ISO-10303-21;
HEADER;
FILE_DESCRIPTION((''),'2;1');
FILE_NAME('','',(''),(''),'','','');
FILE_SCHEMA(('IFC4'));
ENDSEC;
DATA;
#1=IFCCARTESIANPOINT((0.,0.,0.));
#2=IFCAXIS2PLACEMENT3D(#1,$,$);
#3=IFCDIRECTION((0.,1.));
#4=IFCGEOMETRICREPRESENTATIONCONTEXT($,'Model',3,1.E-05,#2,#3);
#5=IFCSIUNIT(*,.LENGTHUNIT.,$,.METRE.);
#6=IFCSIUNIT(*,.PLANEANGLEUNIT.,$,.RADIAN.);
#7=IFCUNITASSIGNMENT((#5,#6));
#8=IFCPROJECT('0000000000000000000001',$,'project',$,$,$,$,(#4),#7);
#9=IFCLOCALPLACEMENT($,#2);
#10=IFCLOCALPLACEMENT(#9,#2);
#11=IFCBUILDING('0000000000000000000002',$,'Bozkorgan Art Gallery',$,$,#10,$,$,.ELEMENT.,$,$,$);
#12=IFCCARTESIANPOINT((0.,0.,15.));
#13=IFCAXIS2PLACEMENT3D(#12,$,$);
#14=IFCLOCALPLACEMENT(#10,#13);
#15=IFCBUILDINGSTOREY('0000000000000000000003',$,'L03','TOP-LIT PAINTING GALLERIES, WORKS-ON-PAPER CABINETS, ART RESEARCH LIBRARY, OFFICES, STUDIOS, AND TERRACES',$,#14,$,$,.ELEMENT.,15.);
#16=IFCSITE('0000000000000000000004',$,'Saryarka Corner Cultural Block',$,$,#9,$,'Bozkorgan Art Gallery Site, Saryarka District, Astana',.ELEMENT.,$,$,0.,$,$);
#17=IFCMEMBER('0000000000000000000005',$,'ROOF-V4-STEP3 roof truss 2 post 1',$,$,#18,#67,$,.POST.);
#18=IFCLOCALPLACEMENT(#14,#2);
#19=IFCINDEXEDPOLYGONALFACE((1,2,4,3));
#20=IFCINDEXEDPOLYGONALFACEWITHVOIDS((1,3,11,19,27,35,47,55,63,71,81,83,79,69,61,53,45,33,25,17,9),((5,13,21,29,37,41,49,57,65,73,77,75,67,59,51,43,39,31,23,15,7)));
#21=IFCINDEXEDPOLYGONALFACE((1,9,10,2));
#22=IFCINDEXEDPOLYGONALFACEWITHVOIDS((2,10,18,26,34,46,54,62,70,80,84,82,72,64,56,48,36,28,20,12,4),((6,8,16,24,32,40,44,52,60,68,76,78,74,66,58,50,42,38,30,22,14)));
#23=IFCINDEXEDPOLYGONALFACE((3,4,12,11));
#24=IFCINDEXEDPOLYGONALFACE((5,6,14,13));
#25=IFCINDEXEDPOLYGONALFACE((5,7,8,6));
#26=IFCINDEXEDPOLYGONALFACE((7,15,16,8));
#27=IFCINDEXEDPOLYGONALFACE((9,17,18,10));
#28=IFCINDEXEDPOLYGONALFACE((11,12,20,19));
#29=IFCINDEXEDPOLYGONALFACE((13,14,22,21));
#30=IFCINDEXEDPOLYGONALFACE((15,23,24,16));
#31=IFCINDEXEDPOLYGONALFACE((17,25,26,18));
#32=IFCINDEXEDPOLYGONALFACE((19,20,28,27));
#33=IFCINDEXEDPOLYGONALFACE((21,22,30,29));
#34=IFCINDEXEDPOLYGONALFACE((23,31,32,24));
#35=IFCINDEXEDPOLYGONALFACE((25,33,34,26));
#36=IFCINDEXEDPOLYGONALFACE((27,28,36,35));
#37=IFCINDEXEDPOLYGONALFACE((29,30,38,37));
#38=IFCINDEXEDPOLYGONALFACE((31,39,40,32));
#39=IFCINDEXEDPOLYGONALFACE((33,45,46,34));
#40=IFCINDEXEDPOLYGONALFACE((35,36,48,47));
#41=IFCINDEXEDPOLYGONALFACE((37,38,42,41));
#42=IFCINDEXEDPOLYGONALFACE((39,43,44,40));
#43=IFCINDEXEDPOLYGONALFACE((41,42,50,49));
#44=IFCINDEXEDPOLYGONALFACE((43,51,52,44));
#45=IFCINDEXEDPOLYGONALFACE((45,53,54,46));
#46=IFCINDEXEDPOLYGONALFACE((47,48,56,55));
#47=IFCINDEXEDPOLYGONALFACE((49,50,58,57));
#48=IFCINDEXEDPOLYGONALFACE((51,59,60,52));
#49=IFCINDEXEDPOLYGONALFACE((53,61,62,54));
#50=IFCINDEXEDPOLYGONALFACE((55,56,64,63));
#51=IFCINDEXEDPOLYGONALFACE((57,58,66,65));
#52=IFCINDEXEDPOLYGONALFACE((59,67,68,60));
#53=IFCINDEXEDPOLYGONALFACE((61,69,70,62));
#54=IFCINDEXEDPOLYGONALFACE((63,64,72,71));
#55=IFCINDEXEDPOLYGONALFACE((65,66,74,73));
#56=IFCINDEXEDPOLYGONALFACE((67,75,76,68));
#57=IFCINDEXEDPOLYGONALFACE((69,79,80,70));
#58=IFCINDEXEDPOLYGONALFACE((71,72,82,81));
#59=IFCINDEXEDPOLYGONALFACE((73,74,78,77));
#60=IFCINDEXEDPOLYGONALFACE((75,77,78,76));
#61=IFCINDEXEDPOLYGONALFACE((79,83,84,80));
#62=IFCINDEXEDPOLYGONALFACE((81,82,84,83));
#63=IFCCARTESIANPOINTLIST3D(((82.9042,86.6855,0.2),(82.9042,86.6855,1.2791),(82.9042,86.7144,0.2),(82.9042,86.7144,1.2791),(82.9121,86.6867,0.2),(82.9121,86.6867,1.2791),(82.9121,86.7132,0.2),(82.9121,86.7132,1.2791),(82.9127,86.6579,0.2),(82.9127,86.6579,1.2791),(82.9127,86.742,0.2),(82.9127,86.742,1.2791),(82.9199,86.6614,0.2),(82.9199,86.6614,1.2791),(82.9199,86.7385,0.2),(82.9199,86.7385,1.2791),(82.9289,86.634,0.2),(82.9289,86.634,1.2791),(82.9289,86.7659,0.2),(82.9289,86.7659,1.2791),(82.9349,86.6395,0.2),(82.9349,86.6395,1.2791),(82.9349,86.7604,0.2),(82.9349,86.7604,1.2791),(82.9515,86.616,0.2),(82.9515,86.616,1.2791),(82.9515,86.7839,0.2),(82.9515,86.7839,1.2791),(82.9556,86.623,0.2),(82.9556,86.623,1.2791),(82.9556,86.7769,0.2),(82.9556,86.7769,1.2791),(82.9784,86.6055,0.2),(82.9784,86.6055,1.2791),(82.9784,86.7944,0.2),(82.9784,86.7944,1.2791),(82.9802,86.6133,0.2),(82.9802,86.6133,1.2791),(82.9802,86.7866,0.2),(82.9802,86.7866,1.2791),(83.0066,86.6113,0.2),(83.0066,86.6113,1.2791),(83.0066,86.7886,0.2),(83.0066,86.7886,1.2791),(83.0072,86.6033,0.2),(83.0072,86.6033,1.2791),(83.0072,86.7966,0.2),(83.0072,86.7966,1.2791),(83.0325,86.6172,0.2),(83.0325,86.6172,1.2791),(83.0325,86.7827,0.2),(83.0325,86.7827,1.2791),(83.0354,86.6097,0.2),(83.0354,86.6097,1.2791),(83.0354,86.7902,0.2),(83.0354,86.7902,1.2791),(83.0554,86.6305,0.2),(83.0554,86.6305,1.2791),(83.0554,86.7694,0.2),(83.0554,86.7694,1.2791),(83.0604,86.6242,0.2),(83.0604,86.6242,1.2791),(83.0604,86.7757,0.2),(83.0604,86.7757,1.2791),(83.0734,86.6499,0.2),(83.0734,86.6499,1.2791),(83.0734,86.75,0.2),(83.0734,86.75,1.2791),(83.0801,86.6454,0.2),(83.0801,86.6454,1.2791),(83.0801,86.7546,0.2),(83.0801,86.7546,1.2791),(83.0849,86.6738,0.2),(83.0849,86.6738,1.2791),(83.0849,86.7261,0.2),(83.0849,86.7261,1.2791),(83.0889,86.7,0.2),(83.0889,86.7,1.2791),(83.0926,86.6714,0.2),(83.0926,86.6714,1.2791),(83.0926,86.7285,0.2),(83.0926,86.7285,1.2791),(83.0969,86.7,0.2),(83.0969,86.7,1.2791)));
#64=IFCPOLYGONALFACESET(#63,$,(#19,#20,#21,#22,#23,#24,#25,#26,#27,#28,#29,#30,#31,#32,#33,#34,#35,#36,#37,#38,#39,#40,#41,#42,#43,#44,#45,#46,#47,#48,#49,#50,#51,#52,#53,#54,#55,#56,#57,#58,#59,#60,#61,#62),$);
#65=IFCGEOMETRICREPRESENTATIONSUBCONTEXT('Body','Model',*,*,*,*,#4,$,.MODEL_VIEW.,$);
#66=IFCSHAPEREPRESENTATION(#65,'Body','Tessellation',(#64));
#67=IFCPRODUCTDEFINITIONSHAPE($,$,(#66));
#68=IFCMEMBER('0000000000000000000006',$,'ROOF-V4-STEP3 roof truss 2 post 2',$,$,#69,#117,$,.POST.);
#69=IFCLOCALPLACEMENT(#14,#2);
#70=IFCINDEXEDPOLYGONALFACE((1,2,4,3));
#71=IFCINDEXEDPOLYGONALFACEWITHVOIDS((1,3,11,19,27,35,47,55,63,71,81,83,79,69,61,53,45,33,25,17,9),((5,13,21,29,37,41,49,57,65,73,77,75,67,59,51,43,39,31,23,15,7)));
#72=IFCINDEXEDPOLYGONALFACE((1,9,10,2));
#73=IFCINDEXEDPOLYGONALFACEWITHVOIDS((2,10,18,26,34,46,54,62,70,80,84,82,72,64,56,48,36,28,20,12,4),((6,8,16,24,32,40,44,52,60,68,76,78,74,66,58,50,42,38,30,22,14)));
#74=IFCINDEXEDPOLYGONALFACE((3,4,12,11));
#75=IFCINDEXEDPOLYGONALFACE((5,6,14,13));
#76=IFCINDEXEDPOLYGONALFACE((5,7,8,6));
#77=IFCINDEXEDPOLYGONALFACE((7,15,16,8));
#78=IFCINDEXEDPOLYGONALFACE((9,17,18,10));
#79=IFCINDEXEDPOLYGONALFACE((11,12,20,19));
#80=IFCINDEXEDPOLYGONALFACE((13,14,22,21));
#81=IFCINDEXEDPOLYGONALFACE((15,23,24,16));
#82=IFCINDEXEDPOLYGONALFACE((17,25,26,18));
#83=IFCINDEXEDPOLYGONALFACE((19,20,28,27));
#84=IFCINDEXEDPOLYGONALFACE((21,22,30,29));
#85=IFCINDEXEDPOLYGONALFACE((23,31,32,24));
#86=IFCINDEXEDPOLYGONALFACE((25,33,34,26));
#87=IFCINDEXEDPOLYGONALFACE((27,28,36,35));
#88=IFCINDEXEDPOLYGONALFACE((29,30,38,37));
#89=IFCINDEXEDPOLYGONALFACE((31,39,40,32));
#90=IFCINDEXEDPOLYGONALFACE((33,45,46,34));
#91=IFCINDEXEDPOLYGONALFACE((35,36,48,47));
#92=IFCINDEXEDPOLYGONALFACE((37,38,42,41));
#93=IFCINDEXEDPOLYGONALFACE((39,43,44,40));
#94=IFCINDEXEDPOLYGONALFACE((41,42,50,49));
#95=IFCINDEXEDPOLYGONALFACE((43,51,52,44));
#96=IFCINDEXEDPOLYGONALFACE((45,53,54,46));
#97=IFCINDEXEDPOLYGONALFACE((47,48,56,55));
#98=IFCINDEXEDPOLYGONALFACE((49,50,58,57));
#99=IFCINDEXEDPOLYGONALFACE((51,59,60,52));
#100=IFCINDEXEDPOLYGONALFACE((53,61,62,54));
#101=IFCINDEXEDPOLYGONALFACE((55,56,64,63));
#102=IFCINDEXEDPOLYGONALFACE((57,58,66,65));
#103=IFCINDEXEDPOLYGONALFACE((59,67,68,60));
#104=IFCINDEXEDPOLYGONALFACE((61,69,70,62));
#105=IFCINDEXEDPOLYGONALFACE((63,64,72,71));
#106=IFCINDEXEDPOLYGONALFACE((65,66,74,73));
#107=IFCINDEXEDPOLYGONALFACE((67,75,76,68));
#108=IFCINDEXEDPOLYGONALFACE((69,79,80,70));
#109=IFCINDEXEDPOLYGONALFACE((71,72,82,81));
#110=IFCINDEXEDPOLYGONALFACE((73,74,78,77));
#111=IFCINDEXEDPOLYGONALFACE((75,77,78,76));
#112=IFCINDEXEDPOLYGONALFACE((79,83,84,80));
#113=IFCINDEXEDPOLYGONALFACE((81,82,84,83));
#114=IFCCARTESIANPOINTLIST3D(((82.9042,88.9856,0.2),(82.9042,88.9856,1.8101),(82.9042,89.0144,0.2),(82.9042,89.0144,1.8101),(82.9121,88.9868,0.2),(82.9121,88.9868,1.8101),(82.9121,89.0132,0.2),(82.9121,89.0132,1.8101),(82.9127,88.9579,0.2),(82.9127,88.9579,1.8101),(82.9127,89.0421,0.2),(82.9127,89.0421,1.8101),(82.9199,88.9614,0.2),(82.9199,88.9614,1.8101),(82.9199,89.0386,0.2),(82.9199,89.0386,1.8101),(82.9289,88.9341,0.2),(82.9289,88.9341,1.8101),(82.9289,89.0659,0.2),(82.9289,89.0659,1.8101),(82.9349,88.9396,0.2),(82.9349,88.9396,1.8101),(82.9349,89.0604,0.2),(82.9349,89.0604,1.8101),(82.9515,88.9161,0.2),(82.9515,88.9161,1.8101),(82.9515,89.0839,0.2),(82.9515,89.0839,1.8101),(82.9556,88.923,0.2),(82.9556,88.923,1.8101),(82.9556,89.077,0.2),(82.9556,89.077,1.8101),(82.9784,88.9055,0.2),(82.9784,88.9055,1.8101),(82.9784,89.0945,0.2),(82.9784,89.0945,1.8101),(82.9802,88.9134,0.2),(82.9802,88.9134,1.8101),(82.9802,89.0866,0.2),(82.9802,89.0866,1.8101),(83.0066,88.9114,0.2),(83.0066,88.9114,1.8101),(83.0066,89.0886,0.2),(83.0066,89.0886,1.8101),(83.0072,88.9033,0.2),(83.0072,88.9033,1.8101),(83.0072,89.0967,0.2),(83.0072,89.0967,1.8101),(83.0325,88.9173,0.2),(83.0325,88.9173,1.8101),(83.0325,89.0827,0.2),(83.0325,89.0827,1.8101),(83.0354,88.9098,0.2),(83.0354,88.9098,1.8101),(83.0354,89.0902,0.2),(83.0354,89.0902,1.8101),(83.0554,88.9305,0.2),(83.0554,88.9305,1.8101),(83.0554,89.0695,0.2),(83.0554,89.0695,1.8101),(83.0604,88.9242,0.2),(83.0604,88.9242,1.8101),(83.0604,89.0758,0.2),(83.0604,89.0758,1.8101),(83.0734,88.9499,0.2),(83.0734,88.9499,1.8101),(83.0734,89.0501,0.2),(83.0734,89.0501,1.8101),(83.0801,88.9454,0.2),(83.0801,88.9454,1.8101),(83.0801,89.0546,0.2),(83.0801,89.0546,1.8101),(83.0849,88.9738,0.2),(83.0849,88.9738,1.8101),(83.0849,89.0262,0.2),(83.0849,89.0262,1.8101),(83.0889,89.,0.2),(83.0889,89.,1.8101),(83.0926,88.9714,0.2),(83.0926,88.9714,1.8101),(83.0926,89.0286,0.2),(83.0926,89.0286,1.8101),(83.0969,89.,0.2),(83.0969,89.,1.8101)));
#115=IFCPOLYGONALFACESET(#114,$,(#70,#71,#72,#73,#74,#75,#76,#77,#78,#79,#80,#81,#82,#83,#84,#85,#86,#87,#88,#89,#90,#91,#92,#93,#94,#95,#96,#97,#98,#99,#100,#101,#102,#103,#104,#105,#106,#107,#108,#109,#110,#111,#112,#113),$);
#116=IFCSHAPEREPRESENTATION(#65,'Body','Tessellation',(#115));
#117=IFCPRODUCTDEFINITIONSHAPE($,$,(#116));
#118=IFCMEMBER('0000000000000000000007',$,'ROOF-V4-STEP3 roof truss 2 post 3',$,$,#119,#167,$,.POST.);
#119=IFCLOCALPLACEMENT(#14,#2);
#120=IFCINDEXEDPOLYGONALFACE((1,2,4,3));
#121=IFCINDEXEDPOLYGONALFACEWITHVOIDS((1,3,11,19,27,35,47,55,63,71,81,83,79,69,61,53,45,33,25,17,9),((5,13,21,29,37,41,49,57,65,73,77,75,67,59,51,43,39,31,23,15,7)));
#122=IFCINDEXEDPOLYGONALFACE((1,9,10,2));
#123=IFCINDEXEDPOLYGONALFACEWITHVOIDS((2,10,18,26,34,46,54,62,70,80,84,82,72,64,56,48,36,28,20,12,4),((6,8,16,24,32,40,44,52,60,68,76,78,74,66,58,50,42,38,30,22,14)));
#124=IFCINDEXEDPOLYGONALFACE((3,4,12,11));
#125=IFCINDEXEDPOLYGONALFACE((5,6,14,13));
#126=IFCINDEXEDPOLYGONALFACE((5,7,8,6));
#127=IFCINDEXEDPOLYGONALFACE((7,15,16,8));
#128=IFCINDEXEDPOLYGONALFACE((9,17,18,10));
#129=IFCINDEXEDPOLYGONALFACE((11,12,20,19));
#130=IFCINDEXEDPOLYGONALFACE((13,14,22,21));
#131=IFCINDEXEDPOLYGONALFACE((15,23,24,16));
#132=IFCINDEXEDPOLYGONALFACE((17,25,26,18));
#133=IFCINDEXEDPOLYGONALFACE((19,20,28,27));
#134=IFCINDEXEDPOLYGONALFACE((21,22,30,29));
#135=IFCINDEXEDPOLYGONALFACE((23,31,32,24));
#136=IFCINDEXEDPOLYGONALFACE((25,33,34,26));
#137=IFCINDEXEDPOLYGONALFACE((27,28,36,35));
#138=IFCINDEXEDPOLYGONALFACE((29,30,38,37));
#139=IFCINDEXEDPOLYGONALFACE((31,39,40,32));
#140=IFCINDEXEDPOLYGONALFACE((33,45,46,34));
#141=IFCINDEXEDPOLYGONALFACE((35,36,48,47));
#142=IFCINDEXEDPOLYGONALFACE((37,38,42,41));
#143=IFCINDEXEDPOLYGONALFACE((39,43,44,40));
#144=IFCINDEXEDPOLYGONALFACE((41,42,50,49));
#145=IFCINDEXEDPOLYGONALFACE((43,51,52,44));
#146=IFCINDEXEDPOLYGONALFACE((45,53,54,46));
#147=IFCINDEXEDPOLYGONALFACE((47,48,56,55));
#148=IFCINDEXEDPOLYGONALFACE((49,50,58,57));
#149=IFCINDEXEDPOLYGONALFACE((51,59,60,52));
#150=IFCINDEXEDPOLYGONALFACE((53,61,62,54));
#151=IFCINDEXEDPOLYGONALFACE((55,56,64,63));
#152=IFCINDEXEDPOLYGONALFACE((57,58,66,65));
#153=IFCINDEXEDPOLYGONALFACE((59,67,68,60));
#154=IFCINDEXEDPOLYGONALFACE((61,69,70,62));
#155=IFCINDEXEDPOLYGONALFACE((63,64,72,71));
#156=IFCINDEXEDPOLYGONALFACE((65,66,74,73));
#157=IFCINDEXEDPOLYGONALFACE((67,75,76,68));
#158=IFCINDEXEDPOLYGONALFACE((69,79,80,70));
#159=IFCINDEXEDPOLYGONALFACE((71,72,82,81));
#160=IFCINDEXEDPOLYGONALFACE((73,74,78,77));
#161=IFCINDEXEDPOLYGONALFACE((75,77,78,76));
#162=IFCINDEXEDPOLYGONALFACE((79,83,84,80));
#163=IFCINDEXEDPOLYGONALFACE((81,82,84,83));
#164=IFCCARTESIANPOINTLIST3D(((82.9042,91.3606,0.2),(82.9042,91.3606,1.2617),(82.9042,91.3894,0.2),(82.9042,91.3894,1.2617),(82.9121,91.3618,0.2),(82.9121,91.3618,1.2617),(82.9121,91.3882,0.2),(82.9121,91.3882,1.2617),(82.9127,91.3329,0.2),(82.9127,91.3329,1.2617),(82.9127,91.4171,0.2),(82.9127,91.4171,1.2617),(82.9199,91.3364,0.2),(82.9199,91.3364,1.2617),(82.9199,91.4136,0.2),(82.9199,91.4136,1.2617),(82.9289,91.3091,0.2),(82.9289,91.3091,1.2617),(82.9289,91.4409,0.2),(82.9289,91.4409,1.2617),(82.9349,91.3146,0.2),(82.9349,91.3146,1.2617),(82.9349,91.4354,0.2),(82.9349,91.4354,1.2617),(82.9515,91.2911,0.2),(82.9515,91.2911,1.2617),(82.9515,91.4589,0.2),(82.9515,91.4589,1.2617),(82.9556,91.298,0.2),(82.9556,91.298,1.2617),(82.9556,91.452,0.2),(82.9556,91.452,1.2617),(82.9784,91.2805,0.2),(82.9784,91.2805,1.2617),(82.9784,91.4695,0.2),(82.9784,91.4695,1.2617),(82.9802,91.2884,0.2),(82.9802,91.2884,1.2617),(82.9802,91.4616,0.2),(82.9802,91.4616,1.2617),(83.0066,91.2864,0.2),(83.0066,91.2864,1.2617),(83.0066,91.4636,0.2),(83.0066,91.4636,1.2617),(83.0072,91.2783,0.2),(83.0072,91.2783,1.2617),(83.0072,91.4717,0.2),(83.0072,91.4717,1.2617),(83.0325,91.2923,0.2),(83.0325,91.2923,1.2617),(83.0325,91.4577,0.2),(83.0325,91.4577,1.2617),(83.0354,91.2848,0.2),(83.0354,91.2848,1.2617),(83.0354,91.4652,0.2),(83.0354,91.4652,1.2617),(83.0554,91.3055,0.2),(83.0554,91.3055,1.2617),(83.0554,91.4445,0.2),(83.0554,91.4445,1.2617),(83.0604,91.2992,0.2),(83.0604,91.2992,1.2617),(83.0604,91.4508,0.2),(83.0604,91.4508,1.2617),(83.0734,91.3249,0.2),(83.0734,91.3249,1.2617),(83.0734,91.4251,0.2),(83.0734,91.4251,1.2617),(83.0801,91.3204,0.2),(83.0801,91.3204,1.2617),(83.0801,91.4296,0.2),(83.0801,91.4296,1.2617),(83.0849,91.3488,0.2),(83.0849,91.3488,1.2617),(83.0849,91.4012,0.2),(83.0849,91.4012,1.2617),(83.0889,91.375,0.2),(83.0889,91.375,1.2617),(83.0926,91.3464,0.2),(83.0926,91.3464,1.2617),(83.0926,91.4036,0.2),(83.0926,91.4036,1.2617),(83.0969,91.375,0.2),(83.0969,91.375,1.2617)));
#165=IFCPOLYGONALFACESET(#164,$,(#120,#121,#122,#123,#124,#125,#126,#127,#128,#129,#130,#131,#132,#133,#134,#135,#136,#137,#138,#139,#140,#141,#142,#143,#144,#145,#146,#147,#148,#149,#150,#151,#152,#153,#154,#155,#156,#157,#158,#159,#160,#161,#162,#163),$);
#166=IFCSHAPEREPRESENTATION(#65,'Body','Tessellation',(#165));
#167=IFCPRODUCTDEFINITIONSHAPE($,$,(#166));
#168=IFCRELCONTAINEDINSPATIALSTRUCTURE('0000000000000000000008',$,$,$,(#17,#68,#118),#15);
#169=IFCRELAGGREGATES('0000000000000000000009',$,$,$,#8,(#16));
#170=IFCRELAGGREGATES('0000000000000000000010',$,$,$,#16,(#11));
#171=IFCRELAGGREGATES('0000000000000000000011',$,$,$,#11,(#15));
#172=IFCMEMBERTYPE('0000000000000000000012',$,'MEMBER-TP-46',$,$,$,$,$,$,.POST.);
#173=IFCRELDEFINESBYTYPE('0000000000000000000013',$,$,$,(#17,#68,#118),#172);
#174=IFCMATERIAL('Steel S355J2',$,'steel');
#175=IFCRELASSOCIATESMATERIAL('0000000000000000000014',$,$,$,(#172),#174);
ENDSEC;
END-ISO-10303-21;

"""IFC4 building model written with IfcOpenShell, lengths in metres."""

from ifc_helpers import new_model, si_unit, direction, frame, origin, origin_2d, place, context, subcontext, project, spatial, hollow_circle, extrude, material, material_profile, profile_set, type_object, element, save


model = new_model("IFC4")

# Units and contexts
model_context = context("Model", 3, precision=1e-05, world=origin(), true_north=direction((0.0, 1.0)))
body_context = subcontext(model_context, "Body", "Model", "MODEL_VIEW")
ifc_project = project(units=[si_unit("LENGTHUNIT", "METRE"), si_unit("PLANEANGLEUNIT", "RADIAN")], contexts=[model_context])

# Site, building, storey
site_placement = place(None, origin())
site = spatial("IfcSite", under=ifc_project, at=site_placement, Name="Saryarka Corner Cultural Block", LongName="Bozkorgan Art Gallery Site, Saryarka District, Astana", CompositionType="ELEMENT", RefElevation=0.0)
building_placement = place(site_placement, origin())
building = spatial("IfcBuilding", under=site, at=building_placement, Name="Bozkorgan Art Gallery", CompositionType="ELEMENT")
storey_placement = place(building_placement, frame((0.0, 0.0, 15.0)))
storey = spatial("IfcBuildingStorey", under=building, at=storey_placement, Name="L03", Description="TOP-LIT PAINTING GALLERIES, WORKS-ON-PAPER CABINETS, ART RESEARCH LIBRARY, OFFICES, STUDIOS, AND TERRACES", CompositionType="ELEMENT", Elevation=15.0)

# Shared definitions
ifc_material_1 = material(Name="Steel S355J2", Category="steel")

# Members
ifc_material_profile_1 = material_profile(ifc_material_1, hollow_circle(Radius=0.0969, WallThickness=0.0081, at=origin_2d()), Name="CHS 193.7x8")
ifc_profile_set_1 = profile_set([ifc_material_profile_1], Name="Steel S355J2")
member_type_1 = type_object("IfcMemberType", Name="MEMBER-TP-46", PredefinedType="POST", material=ifc_profile_set_1)
member_1_placement = place(storey_placement, frame((83.0, 86.7, 0.2), z_axis=(0.0, 0.0, 1.0), x_axis=(1.0, 0.0, 0.0)))
element("IfcMember", 1, at=member_1_placement, inside=storey, type_object=member_type_1, Name="ROOF-V4-STEP3 roof truss 2 post 1", PredefinedType="POST", context=body_context, shape_type="SweptSolid", body=[
    extrude(hollow_circle(Radius=0.0969, WallThickness=0.0081, at=origin_2d()), origin(), (0.0, 0.0, 1.0), 1.0791),
])
member_2_placement = place(storey_placement, frame((83.0, 89.0, 0.2), z_axis=(0.0, 0.0, 1.0), x_axis=(1.0, 0.0, 0.0)))
element("IfcMember", 2, at=member_2_placement, inside=storey, type_object=member_type_1, Name="ROOF-V4-STEP3 roof truss 2 post 2", PredefinedType="POST", context=body_context, shape_type="SweptSolid", body=[
    extrude(hollow_circle(Radius=0.0969, WallThickness=0.0081, at=origin_2d()), origin(), (0.0, 0.0, 1.0), 1.6101),
])
member_3_placement = place(storey_placement, frame((83.0, 91.375, 0.2), z_axis=(0.0, 0.0, 1.0), x_axis=(1.0, 0.0, 0.0)))
element("IfcMember", 3, at=member_3_placement, inside=storey, type_object=member_type_1, Name="ROOF-V4-STEP3 roof truss 2 post 3", PredefinedType="POST", context=body_context, shape_type="SweptSolid", body=[
    extrude(hollow_circle(Radius=0.0969, WallThickness=0.0081, at=origin_2d()), origin(), (0.0, 0.0, 1.0), 1.0618),
])

save(model, "model.ifc")
